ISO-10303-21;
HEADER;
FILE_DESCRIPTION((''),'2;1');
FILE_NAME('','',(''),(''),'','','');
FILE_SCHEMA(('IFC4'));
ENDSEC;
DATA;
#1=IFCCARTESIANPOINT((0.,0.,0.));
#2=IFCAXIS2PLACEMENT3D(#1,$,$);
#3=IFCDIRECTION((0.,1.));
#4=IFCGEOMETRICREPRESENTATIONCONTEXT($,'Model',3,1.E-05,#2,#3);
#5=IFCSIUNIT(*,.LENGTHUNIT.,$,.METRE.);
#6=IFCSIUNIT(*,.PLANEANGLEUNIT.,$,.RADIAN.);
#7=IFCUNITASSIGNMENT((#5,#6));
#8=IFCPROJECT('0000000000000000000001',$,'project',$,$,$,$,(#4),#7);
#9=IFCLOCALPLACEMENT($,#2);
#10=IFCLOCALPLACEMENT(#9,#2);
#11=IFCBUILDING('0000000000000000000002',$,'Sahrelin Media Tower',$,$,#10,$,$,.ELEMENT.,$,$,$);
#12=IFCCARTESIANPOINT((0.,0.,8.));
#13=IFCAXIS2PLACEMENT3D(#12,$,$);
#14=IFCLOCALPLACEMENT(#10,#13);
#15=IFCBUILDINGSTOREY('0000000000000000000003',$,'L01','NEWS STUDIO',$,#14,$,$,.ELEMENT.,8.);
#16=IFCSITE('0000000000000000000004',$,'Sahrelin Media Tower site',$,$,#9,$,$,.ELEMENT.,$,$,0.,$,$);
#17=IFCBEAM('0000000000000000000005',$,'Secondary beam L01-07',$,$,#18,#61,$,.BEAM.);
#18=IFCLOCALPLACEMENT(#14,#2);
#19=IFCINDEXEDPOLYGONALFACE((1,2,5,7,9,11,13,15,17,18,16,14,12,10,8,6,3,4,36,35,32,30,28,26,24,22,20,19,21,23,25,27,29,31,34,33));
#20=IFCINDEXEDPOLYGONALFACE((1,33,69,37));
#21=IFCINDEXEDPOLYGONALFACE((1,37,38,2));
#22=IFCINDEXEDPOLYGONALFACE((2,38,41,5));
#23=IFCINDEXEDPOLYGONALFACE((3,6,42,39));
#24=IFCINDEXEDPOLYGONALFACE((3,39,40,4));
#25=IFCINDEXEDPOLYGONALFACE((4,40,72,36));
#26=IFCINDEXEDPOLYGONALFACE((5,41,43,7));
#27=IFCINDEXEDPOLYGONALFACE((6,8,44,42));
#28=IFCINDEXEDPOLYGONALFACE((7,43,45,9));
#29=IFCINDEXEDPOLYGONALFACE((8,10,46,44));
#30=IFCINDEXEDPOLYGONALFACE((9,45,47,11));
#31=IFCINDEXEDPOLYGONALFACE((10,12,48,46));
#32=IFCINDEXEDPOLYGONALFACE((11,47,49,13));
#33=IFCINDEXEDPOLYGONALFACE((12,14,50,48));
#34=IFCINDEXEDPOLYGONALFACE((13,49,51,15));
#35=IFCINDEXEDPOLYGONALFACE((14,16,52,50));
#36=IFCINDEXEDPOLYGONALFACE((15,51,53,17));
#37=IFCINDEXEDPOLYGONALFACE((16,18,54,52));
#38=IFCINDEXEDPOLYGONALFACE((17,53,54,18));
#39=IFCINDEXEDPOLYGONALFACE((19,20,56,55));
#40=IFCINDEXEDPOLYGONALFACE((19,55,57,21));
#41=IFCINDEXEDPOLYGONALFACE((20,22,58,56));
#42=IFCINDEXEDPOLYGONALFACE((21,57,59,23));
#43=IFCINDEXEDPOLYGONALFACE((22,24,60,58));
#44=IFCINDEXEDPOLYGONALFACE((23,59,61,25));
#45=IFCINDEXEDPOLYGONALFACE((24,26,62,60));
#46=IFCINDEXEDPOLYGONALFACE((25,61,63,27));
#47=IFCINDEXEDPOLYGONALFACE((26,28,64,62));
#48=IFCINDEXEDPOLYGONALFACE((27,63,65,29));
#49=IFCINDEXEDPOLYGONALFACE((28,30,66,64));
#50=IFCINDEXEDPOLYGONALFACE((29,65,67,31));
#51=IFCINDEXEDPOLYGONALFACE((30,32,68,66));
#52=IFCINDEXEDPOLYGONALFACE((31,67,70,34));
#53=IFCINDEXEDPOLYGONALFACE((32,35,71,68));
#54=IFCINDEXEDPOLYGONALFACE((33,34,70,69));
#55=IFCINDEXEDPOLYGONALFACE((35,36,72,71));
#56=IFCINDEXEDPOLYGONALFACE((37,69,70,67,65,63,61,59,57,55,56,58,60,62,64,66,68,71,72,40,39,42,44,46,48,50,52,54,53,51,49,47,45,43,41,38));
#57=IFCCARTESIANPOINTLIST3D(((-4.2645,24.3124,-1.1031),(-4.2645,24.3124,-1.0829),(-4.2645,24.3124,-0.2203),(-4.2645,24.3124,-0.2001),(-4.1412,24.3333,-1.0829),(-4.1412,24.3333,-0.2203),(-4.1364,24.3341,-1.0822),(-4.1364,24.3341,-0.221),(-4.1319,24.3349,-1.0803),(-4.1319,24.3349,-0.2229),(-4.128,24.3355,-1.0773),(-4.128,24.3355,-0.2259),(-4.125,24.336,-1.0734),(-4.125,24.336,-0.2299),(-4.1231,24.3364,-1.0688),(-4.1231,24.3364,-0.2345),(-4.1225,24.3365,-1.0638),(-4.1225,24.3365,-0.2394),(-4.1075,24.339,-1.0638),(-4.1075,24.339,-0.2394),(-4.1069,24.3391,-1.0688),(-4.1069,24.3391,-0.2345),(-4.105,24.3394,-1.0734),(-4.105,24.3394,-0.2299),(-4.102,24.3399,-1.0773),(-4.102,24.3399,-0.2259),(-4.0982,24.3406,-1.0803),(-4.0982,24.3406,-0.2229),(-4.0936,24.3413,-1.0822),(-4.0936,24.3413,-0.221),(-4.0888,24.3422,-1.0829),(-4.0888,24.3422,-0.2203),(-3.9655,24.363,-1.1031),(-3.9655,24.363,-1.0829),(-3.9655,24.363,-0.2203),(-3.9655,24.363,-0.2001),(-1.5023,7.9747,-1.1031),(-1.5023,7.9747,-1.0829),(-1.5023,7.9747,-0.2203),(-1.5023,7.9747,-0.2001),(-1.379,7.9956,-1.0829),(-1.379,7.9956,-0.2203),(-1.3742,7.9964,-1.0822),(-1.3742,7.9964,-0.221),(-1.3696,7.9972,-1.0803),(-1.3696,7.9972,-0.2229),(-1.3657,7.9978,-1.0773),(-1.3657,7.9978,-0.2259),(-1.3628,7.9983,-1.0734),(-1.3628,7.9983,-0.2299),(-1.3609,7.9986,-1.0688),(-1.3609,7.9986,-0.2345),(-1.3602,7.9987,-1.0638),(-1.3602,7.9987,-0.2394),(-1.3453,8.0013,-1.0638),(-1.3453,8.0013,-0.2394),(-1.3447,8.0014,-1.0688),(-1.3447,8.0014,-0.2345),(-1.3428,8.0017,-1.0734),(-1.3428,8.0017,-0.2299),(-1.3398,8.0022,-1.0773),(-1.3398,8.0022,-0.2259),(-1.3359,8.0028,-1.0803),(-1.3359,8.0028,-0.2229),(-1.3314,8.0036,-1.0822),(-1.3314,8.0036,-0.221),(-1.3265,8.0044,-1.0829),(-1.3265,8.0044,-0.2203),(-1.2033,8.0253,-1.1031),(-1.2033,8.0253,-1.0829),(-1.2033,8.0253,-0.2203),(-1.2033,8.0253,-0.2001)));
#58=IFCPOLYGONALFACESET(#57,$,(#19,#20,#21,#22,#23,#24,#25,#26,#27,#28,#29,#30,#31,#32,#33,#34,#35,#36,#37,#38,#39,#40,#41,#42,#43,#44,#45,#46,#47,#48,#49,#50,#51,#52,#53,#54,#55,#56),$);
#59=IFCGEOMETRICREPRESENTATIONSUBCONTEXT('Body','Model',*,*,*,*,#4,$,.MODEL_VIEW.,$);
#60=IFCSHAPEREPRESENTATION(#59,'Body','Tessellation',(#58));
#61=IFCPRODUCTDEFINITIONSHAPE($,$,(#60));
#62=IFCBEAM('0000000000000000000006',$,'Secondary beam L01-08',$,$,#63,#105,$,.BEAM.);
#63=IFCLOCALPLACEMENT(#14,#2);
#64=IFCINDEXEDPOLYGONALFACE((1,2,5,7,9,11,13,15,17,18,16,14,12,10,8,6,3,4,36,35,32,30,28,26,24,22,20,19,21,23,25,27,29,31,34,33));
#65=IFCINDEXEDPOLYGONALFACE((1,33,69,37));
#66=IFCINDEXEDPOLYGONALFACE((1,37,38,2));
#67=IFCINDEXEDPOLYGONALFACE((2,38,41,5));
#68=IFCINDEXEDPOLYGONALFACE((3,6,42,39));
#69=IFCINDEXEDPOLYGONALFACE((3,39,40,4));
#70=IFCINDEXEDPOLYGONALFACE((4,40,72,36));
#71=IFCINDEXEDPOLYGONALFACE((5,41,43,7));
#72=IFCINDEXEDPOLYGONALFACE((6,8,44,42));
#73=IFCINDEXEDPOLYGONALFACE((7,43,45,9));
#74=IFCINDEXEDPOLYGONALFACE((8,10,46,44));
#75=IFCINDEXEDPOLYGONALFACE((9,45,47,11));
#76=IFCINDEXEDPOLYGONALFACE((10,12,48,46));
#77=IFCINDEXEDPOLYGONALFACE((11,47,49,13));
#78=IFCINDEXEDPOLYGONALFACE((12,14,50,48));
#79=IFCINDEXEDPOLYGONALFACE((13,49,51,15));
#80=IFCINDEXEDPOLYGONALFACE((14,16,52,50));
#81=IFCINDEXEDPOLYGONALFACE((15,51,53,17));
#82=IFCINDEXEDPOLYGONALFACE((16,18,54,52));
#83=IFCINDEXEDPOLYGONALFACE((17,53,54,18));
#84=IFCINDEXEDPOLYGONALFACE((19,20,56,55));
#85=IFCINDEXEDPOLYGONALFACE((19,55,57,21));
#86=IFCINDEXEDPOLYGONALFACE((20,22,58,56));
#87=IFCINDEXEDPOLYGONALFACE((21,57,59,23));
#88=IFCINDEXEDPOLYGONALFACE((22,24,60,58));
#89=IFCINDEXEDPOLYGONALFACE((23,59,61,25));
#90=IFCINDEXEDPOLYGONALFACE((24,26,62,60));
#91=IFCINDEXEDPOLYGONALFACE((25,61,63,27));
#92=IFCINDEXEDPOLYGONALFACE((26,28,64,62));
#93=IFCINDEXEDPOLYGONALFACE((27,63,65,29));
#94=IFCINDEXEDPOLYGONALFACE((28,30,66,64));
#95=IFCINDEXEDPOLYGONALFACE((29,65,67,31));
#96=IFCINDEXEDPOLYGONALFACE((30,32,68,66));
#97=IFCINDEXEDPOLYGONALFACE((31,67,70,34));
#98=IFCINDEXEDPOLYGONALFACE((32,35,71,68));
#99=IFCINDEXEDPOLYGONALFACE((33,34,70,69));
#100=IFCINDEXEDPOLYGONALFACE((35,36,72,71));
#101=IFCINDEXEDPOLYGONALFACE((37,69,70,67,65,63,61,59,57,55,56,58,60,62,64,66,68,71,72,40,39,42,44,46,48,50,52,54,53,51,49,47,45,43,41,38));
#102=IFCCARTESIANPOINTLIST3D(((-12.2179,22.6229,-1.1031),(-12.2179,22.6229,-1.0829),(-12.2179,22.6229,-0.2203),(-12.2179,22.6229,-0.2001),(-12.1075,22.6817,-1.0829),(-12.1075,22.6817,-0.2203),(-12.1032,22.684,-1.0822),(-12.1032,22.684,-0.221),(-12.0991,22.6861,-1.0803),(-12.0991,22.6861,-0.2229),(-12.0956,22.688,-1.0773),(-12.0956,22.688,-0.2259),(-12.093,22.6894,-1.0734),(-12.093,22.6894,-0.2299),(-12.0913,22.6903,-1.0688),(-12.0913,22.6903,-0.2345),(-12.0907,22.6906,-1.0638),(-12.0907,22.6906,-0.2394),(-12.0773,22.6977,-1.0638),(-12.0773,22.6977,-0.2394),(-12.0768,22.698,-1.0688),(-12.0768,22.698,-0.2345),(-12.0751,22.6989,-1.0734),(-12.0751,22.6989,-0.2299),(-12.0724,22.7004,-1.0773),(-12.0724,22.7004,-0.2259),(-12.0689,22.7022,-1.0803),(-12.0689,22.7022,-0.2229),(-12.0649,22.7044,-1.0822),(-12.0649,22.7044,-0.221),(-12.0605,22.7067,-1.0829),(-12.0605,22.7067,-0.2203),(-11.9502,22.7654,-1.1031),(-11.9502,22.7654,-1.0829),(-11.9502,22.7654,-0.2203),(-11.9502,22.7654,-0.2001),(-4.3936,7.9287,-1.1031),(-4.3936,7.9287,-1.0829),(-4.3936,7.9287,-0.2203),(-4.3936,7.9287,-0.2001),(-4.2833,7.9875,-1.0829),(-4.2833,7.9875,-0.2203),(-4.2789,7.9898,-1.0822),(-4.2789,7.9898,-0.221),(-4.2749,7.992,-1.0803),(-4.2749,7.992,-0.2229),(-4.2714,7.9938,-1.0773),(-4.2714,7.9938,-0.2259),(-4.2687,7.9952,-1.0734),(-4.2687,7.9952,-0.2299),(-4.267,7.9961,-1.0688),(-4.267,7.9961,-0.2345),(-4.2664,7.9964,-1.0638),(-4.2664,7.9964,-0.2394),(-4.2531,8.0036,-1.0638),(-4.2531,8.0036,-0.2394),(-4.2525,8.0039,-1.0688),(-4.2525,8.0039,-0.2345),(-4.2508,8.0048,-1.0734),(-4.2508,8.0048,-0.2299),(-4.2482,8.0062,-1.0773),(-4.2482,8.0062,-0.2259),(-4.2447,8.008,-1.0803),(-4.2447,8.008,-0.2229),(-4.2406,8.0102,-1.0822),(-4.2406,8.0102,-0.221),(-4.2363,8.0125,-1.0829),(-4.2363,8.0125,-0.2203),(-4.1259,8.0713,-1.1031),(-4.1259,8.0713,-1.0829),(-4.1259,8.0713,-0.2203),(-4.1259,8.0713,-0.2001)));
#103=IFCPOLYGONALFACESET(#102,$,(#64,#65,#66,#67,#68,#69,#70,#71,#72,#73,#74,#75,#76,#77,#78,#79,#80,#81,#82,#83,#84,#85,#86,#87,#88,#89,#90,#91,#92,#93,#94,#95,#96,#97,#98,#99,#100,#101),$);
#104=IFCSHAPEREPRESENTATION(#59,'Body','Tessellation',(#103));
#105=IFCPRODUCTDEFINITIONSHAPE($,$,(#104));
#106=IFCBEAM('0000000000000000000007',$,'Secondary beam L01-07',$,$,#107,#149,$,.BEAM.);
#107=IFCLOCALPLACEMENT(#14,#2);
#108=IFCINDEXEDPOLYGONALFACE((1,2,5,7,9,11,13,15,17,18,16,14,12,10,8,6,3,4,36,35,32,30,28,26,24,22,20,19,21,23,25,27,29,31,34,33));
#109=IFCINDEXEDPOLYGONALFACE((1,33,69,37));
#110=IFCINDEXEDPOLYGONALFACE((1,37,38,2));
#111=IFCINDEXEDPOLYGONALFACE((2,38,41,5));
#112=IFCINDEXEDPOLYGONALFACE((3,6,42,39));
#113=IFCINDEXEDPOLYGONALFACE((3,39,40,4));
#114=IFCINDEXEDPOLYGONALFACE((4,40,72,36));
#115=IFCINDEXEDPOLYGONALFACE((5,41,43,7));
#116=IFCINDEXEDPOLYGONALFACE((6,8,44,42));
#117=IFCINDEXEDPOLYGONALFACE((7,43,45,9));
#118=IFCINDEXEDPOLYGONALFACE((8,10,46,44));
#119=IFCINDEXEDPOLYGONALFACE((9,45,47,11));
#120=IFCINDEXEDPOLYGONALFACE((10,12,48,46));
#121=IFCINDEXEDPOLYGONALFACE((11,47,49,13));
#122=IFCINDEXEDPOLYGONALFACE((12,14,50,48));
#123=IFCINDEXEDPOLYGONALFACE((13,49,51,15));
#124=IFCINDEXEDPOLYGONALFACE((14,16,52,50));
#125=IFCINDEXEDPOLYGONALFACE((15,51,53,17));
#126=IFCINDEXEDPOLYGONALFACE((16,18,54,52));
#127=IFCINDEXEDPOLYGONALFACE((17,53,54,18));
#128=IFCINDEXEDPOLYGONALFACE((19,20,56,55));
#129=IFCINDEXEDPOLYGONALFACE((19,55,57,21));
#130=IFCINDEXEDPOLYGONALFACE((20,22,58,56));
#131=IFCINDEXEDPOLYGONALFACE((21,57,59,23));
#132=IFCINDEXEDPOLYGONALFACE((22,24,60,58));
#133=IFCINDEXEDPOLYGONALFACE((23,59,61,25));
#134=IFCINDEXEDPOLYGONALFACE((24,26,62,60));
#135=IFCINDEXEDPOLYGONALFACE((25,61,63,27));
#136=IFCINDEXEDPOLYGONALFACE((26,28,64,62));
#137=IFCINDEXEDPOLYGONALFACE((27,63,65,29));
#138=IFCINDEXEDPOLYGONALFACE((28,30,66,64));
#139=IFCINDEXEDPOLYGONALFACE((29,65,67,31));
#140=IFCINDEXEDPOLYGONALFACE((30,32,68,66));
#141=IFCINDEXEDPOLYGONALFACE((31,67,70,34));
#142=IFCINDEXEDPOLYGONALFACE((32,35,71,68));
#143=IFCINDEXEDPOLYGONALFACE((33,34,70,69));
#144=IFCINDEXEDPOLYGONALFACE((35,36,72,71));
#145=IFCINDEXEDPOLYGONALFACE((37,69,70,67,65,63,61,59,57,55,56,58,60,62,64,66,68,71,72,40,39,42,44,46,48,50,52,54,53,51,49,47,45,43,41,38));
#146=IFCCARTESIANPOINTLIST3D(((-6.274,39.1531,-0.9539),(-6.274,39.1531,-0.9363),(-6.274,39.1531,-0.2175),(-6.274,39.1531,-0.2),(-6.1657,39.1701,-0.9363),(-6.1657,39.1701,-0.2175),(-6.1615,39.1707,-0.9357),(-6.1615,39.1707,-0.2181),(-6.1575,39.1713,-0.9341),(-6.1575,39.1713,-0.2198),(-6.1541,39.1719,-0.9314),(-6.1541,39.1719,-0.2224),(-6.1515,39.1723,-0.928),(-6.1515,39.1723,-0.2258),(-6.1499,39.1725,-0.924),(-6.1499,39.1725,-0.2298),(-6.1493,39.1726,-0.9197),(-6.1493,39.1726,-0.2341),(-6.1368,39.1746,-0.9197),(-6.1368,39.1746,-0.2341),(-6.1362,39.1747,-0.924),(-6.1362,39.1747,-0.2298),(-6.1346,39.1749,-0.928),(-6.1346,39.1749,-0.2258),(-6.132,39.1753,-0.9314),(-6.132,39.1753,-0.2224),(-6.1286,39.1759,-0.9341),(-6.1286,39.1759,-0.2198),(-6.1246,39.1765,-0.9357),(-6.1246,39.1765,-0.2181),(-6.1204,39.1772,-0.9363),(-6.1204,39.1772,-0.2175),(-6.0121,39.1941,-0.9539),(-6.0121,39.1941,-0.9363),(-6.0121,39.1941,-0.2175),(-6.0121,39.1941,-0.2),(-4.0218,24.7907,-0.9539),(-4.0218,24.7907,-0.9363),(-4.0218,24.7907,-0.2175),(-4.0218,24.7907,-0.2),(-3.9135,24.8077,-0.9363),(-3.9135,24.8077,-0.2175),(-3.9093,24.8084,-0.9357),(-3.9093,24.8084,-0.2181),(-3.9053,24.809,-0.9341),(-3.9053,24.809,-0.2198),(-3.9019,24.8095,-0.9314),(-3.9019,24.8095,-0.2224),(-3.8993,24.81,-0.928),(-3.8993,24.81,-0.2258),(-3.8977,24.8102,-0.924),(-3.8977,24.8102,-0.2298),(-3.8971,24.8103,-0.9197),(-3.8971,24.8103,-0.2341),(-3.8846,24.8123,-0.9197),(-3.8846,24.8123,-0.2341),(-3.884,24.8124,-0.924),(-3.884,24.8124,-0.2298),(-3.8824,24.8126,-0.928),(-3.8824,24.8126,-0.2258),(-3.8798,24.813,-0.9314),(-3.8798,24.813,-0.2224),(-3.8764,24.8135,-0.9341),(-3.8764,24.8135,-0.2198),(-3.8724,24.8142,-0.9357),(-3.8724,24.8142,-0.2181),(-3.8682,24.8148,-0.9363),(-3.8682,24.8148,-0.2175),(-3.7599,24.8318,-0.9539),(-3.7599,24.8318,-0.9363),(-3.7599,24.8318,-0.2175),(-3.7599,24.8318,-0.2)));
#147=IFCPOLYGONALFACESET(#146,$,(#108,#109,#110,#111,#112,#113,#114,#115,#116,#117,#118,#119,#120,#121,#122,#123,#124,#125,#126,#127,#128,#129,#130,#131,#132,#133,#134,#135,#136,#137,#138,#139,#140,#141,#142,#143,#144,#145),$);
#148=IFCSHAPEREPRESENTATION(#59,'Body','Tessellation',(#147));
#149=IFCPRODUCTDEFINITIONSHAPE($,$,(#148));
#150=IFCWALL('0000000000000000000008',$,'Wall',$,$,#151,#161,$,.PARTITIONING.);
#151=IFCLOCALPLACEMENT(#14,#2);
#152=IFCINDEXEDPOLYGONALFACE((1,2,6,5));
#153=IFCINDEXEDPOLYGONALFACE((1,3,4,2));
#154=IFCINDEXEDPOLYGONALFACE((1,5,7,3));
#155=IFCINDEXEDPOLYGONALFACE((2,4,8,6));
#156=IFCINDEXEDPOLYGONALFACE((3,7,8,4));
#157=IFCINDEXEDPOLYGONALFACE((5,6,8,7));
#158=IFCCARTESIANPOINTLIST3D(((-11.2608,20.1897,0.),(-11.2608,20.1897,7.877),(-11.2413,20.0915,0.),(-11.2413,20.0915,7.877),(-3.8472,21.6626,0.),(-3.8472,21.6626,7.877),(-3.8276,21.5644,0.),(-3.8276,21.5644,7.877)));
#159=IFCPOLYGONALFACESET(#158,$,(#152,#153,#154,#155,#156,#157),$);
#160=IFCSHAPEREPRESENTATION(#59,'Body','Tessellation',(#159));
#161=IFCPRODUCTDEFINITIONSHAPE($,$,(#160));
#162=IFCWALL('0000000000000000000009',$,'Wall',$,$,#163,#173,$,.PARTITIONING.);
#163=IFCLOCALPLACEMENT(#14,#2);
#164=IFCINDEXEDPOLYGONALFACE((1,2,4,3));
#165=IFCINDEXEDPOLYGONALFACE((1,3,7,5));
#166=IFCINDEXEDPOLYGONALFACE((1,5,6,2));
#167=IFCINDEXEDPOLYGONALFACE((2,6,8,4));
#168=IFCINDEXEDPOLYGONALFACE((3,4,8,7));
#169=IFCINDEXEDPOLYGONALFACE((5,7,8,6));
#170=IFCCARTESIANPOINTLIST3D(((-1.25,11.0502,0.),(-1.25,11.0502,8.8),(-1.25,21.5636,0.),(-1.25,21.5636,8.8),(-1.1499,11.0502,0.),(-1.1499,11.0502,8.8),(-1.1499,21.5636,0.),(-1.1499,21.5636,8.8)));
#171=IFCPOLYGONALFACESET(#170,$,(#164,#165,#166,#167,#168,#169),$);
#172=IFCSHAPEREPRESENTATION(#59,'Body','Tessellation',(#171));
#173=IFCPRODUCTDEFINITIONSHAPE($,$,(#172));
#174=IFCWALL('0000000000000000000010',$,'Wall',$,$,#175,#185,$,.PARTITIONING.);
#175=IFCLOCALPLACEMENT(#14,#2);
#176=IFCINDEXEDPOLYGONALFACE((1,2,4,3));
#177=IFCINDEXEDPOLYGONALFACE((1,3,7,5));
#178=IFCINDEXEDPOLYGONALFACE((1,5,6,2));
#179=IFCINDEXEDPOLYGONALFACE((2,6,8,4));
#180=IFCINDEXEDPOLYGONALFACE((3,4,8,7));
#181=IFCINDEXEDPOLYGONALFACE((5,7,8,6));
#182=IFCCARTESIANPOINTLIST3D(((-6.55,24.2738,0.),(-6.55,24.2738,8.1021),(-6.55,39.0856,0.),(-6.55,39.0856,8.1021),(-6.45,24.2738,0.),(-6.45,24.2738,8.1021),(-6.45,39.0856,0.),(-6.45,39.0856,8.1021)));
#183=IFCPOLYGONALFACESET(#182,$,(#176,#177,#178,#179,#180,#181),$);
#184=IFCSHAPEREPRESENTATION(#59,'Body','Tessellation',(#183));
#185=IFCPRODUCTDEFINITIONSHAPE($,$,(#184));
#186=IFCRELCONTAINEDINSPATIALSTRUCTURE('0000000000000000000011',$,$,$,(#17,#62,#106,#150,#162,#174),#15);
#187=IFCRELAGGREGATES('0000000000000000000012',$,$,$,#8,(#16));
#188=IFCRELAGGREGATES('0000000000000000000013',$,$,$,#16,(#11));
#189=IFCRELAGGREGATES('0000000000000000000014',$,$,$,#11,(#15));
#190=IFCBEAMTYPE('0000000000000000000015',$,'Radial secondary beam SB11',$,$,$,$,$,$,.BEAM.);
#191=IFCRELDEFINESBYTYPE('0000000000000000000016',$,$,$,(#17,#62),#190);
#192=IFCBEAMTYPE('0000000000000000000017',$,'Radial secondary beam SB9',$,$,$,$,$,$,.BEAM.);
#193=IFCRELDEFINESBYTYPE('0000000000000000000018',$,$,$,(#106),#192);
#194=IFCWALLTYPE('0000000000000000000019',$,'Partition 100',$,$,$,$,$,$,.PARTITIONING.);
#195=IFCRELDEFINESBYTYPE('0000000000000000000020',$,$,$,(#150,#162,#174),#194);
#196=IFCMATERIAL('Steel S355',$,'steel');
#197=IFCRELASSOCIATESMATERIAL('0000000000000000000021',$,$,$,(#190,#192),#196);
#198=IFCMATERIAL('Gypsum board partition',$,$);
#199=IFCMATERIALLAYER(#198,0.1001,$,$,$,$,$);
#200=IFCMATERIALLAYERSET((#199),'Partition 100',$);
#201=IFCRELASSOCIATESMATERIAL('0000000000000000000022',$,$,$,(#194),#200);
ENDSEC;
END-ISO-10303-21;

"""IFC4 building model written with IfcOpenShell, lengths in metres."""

from ifc_helpers import new_model, si_unit, direction, frame, frame_2d, origin, origin_2d, place, context, subcontext, project, spatial, rectangle, i_section, extrude, material, layer, layer_set, material_profile, profile_set, type_object, element, save


model = new_model("IFC4")

# Units and contexts
model_context = context("Model", 3, precision=1e-05, world=origin(), true_north=direction((0.0, 1.0)))
body_context = subcontext(model_context, "Body", "Model", "MODEL_VIEW")
ifc_project = project(units=[si_unit("LENGTHUNIT", "METRE"), si_unit("PLANEANGLEUNIT", "RADIAN")], contexts=[model_context])

# Site, building, storey
site_placement = place(None, origin())
site = spatial("IfcSite", under=ifc_project, at=site_placement, Name="Sahrelin Media Tower site", CompositionType="ELEMENT", RefElevation=0.0)
building_placement = place(site_placement, origin())
building = spatial("IfcBuilding", under=site, at=building_placement, Name="Sahrelin Media Tower", CompositionType="ELEMENT")
storey_placement = place(building_placement, frame((0.0, 0.0, 8.0)))
storey = spatial("IfcBuildingStorey", under=building, at=storey_placement, Name="L01", Description="NEWS STUDIO", CompositionType="ELEMENT", Elevation=8.0)

# Beams
ifc_material_1 = material(Name="Steel S355", Category="steel")
ifc_material_profile_1 = material_profile(ifc_material_1, i_section(OverallWidth=0.3032, OverallDepth=0.9031, WebThickness=0.0151, FlangeThickness=0.0203, FilletRadius=0.019, at=origin_2d()), Name="UB 914x305x201")
ifc_profile_set_1 = profile_set([ifc_material_profile_1], Name="Steel S355")
beam_type_1 = type_object("IfcBeamType", Name="Radial secondary beam SB11", PredefinedType="BEAM", material=ifc_profile_set_1)
beam_1_placement = place(storey_placement, frame((-1.3528, 8.0, -0.6516), z_axis=(-0.166704, 0.986007, 0.0), x_axis=(-0.986007, -0.166704, 0.0)))
element("IfcBeam", 1, at=beam_1_placement, inside=storey, type_object=beam_type_1, Name="Secondary beam L01-07", PredefinedType="BEAM", context=body_context, shape_type="SweptSolid", body=[
    extrude(i_section(OverallWidth=0.3032, OverallDepth=0.9031, WebThickness=0.0151, FlangeThickness=0.0203, FilletRadius=0.019, at=origin_2d()), origin(), (0.0, 0.0, 1.0), 16.5696),
])
beam_2_placement = place(storey_placement, frame((-4.2598, 8.0, -0.6516), z_axis=(-0.469997, 0.882668, 0.0), x_axis=(-0.882668, -0.469997, 0.0)))
element("IfcBeam", 2, at=beam_2_placement, inside=storey, type_object=beam_type_1, Name="Secondary beam L01-08", PredefinedType="BEAM", context=body_context, shape_type="SweptSolid", body=[
    extrude(i_section(OverallWidth=0.3032, OverallDepth=0.9031, WebThickness=0.0151, FlangeThickness=0.0203, FilletRadius=0.019, at=origin_2d()), origin(), (0.0, 0.0, 1.0), 16.6475),
])
ifc_material_profile_2 = material_profile(ifc_material_1, i_section(OverallWidth=0.2651, OverallDepth=0.7539, WebThickness=0.0127, FlangeThickness=0.0176, FilletRadius=0.0166, at=origin_2d()), Name="UB 762x267x147")
ifc_profile_set_2 = profile_set([ifc_material_profile_2], Name="Steel S355")
beam_type_2 = type_object("IfcBeamType", Name="Radial secondary beam SB9", PredefinedType="BEAM", material=ifc_profile_set_2)
beam_3_placement = place(storey_placement, frame((-3.8909, 24.8113, -0.5769), z_axis=(-0.15492, 0.987927, 0.0), x_axis=(-0.987927, -0.15492, 0.0)))
element("IfcBeam", 3, at=beam_3_placement, inside=storey, type_object=beam_type_2, Name="Secondary beam L01-07", PredefinedType="BEAM", context=body_context, shape_type="SweptSolid", body=[
    extrude(i_section(OverallWidth=0.2651, OverallDepth=0.7539, WebThickness=0.0127, FlangeThickness=0.0176, FilletRadius=0.0166, at=origin_2d()), origin(), (0.0, 0.0, 1.0), 14.5378),
])

# Walls
ifc_material_2 = material(Name="Gypsum board partition")
ifc_layer_1 = layer(ifc_material_2, 0.1001)
ifc_layer_set_1 = layer_set([ifc_layer_1], Name="Partition 100")
wall_type_1 = type_object("IfcWallType", Name="Partition 100", PredefinedType="PARTITIONING", material=ifc_layer_set_1)
wall_1_placement = place(storey_placement, frame((-3.8374, 21.6135, 0.0), z_axis=(0.0, 0.0, 1.0), x_axis=(-0.98083, -0.194867, 0.0)))
element("IfcWall", 4, at=wall_1_placement, inside=storey, type_object=wall_type_1, Name="Wall", PredefinedType="PARTITIONING", context=body_context, shape_type="SweptSolid", body=[
    extrude(rectangle(XDim=7.5586, YDim=0.1001, at=frame_2d((3.7793, 0.0))), origin(), (0.0, 0.0, 1.0), 7.877),
])
wall_2_placement = place(storey_placement, frame((-1.2, 11.05, 0.0), z_axis=(0.0, 0.0, 1.0), x_axis=(0.0, 1.0, 0.0)))
element("IfcWall", 5, at=wall_2_placement, inside=storey, type_object=wall_type_1, Name="Wall", PredefinedType="PARTITIONING", context=body_context, shape_type="SweptSolid", body=[
    extrude(rectangle(XDim=10.5134, YDim=0.1001, at=frame_2d((5.2568, 0.0))), origin(), (0.0, 0.0, 1.0), 8.8),
])
wall_3_placement = place(storey_placement, frame((-6.5, 24.2739, 0.0), z_axis=(0.0, 0.0, 1.0), x_axis=(0.0, 1.0, 0.0)))
element("IfcWall", 6, at=wall_3_placement, inside=storey, type_object=wall_type_1, Name="Wall", PredefinedType="PARTITIONING", context=body_context, shape_type="SweptSolid", body=[
    extrude(rectangle(XDim=14.8118, YDim=0.1001, at=frame_2d((7.4058, 0.0))), origin(), (0.0, 0.0, 1.0), 8.1021),
])

save(model, "model.ifc")
